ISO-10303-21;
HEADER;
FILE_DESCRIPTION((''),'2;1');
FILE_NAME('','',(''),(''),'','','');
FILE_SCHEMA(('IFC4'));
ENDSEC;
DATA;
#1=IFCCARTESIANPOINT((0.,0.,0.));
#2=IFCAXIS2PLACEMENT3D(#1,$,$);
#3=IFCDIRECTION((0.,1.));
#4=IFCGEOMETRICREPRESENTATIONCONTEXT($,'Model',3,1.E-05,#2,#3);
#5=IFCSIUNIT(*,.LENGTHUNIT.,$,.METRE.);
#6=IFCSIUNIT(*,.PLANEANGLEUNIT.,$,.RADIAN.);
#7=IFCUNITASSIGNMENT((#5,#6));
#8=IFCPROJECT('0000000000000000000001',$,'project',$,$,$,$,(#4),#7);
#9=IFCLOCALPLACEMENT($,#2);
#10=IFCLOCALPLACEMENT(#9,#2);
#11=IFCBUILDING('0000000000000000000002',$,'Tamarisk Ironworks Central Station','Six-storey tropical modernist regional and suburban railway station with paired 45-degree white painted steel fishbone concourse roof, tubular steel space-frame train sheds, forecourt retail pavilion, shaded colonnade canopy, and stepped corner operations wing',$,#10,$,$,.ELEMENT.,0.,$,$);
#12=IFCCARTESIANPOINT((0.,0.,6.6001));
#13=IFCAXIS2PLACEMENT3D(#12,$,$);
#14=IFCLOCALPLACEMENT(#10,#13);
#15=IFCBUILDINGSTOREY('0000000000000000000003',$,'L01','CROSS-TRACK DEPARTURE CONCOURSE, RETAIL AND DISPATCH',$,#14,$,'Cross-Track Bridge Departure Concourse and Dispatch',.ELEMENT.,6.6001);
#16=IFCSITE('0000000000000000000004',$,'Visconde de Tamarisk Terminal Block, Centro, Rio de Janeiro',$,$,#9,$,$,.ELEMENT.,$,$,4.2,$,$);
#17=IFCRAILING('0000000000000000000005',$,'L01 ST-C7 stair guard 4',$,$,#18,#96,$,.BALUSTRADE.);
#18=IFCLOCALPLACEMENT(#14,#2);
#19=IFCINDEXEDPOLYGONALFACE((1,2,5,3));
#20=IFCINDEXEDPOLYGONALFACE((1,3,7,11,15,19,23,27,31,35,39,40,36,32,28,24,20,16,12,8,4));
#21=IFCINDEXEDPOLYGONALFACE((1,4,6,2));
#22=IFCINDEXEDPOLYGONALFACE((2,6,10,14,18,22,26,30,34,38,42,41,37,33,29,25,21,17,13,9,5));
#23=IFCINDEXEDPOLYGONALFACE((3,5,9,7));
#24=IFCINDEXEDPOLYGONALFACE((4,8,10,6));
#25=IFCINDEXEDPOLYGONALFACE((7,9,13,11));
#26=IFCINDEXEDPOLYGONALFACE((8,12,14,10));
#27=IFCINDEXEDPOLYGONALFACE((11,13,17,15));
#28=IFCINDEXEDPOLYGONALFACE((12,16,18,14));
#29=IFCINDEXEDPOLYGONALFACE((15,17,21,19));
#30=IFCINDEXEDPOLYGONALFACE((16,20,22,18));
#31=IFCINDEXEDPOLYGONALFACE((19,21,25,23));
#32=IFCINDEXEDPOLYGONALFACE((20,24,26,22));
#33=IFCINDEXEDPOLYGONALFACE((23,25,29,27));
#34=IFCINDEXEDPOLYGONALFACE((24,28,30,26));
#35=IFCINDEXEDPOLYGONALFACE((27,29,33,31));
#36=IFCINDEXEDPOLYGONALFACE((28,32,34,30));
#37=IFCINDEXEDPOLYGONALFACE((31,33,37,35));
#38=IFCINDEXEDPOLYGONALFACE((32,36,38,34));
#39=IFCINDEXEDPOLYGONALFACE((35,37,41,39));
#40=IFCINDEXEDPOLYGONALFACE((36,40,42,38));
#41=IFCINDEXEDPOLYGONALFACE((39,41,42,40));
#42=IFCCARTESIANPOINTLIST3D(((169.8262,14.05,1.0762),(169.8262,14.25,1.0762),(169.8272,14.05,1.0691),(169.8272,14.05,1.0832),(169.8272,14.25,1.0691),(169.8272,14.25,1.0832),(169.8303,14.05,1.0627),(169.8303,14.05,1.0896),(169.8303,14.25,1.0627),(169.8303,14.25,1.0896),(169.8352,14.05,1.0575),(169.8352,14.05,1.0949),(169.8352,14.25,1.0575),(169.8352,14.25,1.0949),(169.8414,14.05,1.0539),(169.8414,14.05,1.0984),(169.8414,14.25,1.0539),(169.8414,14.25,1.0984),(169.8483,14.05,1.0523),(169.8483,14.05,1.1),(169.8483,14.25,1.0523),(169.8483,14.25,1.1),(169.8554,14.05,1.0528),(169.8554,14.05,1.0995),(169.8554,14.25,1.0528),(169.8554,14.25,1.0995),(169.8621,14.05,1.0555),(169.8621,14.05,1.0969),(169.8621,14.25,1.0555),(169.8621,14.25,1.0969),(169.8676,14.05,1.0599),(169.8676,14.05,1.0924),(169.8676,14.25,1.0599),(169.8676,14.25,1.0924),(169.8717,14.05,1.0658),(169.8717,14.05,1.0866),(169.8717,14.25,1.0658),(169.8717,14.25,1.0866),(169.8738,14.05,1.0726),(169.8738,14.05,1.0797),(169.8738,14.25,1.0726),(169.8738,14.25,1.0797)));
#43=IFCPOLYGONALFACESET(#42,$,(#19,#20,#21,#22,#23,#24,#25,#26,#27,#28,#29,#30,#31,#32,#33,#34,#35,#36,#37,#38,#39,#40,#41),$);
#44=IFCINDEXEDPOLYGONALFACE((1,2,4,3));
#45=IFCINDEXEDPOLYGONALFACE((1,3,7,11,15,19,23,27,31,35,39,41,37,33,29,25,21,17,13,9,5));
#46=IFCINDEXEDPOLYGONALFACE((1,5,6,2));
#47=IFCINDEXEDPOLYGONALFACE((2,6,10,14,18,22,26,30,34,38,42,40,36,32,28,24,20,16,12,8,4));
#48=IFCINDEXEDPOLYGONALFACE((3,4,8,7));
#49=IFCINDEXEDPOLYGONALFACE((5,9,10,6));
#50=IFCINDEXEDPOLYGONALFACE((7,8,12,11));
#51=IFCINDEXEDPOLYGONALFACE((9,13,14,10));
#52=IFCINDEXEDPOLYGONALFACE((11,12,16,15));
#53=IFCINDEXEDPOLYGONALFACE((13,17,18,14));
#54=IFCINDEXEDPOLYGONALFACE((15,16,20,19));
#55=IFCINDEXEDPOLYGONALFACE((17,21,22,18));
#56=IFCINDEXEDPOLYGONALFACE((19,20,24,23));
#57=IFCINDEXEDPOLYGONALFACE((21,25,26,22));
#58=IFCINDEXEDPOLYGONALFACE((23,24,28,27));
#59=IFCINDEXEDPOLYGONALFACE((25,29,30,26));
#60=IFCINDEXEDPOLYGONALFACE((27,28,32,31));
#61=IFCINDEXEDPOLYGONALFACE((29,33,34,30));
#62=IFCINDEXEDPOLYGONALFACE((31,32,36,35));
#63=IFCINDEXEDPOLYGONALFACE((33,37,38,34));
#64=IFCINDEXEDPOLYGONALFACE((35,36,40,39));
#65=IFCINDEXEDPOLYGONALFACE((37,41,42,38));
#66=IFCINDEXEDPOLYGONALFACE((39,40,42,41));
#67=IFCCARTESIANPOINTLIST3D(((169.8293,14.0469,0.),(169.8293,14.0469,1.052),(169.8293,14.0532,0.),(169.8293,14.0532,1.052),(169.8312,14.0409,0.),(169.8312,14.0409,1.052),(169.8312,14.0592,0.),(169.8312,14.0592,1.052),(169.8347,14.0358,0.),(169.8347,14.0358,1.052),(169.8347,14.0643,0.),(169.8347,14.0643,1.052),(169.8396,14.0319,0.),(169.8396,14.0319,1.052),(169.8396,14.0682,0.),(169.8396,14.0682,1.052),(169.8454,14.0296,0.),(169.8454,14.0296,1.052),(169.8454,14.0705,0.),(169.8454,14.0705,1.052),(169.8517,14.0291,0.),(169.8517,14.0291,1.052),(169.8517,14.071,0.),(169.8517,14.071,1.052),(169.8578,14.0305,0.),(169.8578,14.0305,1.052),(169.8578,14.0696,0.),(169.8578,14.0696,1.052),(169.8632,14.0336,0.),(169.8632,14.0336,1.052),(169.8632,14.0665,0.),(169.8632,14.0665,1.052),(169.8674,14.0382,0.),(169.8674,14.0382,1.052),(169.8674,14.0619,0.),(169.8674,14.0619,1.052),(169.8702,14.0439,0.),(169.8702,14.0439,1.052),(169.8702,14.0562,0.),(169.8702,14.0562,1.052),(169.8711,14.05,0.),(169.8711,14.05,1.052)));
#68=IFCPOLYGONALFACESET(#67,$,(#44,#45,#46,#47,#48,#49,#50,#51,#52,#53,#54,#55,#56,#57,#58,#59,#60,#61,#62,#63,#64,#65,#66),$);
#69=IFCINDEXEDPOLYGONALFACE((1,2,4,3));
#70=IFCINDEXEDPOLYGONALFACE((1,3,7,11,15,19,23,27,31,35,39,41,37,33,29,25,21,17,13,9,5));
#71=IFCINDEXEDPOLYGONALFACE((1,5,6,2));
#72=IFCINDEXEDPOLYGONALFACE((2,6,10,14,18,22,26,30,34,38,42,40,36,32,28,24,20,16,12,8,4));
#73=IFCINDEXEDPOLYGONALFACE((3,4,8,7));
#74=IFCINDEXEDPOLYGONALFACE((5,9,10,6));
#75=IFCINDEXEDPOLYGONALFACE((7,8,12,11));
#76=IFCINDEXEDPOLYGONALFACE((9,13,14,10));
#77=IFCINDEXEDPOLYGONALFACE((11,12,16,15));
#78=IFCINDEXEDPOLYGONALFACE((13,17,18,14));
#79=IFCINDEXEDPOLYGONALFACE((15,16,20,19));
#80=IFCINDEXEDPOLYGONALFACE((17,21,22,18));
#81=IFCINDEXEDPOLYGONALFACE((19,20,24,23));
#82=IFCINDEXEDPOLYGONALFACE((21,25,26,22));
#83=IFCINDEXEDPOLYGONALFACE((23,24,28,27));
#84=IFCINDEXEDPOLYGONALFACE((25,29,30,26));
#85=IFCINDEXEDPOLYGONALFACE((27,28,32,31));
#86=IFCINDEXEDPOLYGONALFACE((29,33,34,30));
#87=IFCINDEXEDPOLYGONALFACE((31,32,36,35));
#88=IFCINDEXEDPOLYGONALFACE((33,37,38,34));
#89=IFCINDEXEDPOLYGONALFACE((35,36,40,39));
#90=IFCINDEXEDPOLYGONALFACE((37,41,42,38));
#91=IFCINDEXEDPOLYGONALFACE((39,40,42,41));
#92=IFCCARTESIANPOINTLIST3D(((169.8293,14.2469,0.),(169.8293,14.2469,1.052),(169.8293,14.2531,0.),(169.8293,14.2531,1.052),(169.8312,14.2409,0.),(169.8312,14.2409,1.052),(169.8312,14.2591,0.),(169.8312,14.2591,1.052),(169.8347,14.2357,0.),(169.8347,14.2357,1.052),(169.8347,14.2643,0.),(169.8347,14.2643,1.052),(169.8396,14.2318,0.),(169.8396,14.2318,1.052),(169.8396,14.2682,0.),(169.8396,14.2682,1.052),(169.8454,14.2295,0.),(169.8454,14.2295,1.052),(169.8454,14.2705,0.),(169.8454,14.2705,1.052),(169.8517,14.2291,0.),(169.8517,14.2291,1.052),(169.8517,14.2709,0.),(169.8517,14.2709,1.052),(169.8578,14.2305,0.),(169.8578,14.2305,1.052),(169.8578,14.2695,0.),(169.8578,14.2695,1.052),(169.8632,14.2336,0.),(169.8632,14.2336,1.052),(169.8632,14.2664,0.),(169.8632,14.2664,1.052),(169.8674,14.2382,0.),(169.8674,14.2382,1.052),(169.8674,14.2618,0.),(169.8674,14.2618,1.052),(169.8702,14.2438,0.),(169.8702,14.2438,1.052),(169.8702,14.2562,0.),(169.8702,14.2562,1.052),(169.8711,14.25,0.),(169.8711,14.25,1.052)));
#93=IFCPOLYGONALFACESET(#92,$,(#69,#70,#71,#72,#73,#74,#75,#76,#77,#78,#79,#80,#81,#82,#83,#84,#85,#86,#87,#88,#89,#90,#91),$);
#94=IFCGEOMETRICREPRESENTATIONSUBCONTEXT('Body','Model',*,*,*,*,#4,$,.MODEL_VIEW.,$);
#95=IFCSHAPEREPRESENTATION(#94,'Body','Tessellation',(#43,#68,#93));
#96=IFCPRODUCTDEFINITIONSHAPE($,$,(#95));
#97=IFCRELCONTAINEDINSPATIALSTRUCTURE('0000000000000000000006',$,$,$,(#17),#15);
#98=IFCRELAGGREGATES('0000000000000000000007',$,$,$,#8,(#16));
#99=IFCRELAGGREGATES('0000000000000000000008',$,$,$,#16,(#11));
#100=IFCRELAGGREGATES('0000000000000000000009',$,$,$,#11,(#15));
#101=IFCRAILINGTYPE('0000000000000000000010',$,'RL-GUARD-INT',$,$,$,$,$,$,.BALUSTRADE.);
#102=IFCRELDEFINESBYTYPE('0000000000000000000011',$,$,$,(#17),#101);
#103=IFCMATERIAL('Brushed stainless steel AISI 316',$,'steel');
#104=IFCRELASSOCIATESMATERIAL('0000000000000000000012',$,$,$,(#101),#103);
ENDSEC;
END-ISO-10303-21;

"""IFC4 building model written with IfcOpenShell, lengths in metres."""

from ifc_helpers import new_model, si_unit, direction, frame, origin, origin_2d, place, context, subcontext, project, spatial, circle, extrude, material, type_object, element, save


model = new_model("IFC4")

# Units and contexts
model_context = context("Model", 3, precision=1e-05, world=origin(), true_north=direction((0.0, 1.0)))
body_context = subcontext(model_context, "Body", "Model", "MODEL_VIEW")
ifc_project = project(units=[si_unit("LENGTHUNIT", "METRE"), si_unit("PLANEANGLEUNIT", "RADIAN")], contexts=[model_context])

# Site, building, storey
site_placement = place(None, origin())
site = spatial("IfcSite", under=ifc_project, at=site_placement, Name="Visconde de Tamarisk Terminal Block, Centro, Rio de Janeiro", CompositionType="ELEMENT", RefElevation=4.2)
building_placement = place(site_placement, origin())
building = spatial("IfcBuilding", under=site, at=building_placement, Name="Tamarisk Ironworks Central Station", Description="Six-storey tropical modernist regional and suburban railway station with paired 45-degree white painted steel fishbone concourse roof, tubular steel space-frame train sheds, forecourt retail pavilion, shaded colonnade canopy, and stepped corner operations wing", CompositionType="ELEMENT", ElevationOfRefHeight=0.0)
storey_placement = place(building_placement, frame((0.0, 0.0, 6.6001)))
storey = spatial("IfcBuildingStorey", under=building, at=storey_placement, Name="L01", Description="CROSS-TRACK DEPARTURE CONCOURSE, RETAIL AND DISPATCH", LongName="Cross-Track Bridge Departure Concourse and Dispatch", CompositionType="ELEMENT", Elevation=6.6001)

# Railing
ifc_material_1 = material(Name="Brushed stainless steel AISI 316", Category="steel")
railing_type_1 = type_object("IfcRailingType", Name="RL-GUARD-INT", PredefinedType="BALUSTRADE", material=ifc_material_1)
railing_1_placement = place(storey_placement, frame((169.8501, 14.05, 0.0)))
element("IfcRailing", 1, at=railing_1_placement, inside=storey, type_object=railing_type_1, Name="L01 ST-C7 stair guard 4", PredefinedType="BALUSTRADE", context=body_context, shape_type="SweptSolid", body=[
    extrude(circle(Radius=0.0239, at=origin_2d()), frame((0.0, 0.0, 1.0762), z_axis=(0.0, 1.0, 0.0), x_axis=(-1.0, 0.0, 0.0)), (0.0, 0.0, 1.0), 0.2),
    extrude(circle(Radius=0.021, at=origin_2d()), origin(), (0.0, 0.0, 1.0), 1.052),
    extrude(circle(Radius=0.021, at=origin_2d()), frame((0.0, 0.2, 0.0)), (0.0, 0.0, 1.0), 1.052),
])

save(model, "model.ifc")
